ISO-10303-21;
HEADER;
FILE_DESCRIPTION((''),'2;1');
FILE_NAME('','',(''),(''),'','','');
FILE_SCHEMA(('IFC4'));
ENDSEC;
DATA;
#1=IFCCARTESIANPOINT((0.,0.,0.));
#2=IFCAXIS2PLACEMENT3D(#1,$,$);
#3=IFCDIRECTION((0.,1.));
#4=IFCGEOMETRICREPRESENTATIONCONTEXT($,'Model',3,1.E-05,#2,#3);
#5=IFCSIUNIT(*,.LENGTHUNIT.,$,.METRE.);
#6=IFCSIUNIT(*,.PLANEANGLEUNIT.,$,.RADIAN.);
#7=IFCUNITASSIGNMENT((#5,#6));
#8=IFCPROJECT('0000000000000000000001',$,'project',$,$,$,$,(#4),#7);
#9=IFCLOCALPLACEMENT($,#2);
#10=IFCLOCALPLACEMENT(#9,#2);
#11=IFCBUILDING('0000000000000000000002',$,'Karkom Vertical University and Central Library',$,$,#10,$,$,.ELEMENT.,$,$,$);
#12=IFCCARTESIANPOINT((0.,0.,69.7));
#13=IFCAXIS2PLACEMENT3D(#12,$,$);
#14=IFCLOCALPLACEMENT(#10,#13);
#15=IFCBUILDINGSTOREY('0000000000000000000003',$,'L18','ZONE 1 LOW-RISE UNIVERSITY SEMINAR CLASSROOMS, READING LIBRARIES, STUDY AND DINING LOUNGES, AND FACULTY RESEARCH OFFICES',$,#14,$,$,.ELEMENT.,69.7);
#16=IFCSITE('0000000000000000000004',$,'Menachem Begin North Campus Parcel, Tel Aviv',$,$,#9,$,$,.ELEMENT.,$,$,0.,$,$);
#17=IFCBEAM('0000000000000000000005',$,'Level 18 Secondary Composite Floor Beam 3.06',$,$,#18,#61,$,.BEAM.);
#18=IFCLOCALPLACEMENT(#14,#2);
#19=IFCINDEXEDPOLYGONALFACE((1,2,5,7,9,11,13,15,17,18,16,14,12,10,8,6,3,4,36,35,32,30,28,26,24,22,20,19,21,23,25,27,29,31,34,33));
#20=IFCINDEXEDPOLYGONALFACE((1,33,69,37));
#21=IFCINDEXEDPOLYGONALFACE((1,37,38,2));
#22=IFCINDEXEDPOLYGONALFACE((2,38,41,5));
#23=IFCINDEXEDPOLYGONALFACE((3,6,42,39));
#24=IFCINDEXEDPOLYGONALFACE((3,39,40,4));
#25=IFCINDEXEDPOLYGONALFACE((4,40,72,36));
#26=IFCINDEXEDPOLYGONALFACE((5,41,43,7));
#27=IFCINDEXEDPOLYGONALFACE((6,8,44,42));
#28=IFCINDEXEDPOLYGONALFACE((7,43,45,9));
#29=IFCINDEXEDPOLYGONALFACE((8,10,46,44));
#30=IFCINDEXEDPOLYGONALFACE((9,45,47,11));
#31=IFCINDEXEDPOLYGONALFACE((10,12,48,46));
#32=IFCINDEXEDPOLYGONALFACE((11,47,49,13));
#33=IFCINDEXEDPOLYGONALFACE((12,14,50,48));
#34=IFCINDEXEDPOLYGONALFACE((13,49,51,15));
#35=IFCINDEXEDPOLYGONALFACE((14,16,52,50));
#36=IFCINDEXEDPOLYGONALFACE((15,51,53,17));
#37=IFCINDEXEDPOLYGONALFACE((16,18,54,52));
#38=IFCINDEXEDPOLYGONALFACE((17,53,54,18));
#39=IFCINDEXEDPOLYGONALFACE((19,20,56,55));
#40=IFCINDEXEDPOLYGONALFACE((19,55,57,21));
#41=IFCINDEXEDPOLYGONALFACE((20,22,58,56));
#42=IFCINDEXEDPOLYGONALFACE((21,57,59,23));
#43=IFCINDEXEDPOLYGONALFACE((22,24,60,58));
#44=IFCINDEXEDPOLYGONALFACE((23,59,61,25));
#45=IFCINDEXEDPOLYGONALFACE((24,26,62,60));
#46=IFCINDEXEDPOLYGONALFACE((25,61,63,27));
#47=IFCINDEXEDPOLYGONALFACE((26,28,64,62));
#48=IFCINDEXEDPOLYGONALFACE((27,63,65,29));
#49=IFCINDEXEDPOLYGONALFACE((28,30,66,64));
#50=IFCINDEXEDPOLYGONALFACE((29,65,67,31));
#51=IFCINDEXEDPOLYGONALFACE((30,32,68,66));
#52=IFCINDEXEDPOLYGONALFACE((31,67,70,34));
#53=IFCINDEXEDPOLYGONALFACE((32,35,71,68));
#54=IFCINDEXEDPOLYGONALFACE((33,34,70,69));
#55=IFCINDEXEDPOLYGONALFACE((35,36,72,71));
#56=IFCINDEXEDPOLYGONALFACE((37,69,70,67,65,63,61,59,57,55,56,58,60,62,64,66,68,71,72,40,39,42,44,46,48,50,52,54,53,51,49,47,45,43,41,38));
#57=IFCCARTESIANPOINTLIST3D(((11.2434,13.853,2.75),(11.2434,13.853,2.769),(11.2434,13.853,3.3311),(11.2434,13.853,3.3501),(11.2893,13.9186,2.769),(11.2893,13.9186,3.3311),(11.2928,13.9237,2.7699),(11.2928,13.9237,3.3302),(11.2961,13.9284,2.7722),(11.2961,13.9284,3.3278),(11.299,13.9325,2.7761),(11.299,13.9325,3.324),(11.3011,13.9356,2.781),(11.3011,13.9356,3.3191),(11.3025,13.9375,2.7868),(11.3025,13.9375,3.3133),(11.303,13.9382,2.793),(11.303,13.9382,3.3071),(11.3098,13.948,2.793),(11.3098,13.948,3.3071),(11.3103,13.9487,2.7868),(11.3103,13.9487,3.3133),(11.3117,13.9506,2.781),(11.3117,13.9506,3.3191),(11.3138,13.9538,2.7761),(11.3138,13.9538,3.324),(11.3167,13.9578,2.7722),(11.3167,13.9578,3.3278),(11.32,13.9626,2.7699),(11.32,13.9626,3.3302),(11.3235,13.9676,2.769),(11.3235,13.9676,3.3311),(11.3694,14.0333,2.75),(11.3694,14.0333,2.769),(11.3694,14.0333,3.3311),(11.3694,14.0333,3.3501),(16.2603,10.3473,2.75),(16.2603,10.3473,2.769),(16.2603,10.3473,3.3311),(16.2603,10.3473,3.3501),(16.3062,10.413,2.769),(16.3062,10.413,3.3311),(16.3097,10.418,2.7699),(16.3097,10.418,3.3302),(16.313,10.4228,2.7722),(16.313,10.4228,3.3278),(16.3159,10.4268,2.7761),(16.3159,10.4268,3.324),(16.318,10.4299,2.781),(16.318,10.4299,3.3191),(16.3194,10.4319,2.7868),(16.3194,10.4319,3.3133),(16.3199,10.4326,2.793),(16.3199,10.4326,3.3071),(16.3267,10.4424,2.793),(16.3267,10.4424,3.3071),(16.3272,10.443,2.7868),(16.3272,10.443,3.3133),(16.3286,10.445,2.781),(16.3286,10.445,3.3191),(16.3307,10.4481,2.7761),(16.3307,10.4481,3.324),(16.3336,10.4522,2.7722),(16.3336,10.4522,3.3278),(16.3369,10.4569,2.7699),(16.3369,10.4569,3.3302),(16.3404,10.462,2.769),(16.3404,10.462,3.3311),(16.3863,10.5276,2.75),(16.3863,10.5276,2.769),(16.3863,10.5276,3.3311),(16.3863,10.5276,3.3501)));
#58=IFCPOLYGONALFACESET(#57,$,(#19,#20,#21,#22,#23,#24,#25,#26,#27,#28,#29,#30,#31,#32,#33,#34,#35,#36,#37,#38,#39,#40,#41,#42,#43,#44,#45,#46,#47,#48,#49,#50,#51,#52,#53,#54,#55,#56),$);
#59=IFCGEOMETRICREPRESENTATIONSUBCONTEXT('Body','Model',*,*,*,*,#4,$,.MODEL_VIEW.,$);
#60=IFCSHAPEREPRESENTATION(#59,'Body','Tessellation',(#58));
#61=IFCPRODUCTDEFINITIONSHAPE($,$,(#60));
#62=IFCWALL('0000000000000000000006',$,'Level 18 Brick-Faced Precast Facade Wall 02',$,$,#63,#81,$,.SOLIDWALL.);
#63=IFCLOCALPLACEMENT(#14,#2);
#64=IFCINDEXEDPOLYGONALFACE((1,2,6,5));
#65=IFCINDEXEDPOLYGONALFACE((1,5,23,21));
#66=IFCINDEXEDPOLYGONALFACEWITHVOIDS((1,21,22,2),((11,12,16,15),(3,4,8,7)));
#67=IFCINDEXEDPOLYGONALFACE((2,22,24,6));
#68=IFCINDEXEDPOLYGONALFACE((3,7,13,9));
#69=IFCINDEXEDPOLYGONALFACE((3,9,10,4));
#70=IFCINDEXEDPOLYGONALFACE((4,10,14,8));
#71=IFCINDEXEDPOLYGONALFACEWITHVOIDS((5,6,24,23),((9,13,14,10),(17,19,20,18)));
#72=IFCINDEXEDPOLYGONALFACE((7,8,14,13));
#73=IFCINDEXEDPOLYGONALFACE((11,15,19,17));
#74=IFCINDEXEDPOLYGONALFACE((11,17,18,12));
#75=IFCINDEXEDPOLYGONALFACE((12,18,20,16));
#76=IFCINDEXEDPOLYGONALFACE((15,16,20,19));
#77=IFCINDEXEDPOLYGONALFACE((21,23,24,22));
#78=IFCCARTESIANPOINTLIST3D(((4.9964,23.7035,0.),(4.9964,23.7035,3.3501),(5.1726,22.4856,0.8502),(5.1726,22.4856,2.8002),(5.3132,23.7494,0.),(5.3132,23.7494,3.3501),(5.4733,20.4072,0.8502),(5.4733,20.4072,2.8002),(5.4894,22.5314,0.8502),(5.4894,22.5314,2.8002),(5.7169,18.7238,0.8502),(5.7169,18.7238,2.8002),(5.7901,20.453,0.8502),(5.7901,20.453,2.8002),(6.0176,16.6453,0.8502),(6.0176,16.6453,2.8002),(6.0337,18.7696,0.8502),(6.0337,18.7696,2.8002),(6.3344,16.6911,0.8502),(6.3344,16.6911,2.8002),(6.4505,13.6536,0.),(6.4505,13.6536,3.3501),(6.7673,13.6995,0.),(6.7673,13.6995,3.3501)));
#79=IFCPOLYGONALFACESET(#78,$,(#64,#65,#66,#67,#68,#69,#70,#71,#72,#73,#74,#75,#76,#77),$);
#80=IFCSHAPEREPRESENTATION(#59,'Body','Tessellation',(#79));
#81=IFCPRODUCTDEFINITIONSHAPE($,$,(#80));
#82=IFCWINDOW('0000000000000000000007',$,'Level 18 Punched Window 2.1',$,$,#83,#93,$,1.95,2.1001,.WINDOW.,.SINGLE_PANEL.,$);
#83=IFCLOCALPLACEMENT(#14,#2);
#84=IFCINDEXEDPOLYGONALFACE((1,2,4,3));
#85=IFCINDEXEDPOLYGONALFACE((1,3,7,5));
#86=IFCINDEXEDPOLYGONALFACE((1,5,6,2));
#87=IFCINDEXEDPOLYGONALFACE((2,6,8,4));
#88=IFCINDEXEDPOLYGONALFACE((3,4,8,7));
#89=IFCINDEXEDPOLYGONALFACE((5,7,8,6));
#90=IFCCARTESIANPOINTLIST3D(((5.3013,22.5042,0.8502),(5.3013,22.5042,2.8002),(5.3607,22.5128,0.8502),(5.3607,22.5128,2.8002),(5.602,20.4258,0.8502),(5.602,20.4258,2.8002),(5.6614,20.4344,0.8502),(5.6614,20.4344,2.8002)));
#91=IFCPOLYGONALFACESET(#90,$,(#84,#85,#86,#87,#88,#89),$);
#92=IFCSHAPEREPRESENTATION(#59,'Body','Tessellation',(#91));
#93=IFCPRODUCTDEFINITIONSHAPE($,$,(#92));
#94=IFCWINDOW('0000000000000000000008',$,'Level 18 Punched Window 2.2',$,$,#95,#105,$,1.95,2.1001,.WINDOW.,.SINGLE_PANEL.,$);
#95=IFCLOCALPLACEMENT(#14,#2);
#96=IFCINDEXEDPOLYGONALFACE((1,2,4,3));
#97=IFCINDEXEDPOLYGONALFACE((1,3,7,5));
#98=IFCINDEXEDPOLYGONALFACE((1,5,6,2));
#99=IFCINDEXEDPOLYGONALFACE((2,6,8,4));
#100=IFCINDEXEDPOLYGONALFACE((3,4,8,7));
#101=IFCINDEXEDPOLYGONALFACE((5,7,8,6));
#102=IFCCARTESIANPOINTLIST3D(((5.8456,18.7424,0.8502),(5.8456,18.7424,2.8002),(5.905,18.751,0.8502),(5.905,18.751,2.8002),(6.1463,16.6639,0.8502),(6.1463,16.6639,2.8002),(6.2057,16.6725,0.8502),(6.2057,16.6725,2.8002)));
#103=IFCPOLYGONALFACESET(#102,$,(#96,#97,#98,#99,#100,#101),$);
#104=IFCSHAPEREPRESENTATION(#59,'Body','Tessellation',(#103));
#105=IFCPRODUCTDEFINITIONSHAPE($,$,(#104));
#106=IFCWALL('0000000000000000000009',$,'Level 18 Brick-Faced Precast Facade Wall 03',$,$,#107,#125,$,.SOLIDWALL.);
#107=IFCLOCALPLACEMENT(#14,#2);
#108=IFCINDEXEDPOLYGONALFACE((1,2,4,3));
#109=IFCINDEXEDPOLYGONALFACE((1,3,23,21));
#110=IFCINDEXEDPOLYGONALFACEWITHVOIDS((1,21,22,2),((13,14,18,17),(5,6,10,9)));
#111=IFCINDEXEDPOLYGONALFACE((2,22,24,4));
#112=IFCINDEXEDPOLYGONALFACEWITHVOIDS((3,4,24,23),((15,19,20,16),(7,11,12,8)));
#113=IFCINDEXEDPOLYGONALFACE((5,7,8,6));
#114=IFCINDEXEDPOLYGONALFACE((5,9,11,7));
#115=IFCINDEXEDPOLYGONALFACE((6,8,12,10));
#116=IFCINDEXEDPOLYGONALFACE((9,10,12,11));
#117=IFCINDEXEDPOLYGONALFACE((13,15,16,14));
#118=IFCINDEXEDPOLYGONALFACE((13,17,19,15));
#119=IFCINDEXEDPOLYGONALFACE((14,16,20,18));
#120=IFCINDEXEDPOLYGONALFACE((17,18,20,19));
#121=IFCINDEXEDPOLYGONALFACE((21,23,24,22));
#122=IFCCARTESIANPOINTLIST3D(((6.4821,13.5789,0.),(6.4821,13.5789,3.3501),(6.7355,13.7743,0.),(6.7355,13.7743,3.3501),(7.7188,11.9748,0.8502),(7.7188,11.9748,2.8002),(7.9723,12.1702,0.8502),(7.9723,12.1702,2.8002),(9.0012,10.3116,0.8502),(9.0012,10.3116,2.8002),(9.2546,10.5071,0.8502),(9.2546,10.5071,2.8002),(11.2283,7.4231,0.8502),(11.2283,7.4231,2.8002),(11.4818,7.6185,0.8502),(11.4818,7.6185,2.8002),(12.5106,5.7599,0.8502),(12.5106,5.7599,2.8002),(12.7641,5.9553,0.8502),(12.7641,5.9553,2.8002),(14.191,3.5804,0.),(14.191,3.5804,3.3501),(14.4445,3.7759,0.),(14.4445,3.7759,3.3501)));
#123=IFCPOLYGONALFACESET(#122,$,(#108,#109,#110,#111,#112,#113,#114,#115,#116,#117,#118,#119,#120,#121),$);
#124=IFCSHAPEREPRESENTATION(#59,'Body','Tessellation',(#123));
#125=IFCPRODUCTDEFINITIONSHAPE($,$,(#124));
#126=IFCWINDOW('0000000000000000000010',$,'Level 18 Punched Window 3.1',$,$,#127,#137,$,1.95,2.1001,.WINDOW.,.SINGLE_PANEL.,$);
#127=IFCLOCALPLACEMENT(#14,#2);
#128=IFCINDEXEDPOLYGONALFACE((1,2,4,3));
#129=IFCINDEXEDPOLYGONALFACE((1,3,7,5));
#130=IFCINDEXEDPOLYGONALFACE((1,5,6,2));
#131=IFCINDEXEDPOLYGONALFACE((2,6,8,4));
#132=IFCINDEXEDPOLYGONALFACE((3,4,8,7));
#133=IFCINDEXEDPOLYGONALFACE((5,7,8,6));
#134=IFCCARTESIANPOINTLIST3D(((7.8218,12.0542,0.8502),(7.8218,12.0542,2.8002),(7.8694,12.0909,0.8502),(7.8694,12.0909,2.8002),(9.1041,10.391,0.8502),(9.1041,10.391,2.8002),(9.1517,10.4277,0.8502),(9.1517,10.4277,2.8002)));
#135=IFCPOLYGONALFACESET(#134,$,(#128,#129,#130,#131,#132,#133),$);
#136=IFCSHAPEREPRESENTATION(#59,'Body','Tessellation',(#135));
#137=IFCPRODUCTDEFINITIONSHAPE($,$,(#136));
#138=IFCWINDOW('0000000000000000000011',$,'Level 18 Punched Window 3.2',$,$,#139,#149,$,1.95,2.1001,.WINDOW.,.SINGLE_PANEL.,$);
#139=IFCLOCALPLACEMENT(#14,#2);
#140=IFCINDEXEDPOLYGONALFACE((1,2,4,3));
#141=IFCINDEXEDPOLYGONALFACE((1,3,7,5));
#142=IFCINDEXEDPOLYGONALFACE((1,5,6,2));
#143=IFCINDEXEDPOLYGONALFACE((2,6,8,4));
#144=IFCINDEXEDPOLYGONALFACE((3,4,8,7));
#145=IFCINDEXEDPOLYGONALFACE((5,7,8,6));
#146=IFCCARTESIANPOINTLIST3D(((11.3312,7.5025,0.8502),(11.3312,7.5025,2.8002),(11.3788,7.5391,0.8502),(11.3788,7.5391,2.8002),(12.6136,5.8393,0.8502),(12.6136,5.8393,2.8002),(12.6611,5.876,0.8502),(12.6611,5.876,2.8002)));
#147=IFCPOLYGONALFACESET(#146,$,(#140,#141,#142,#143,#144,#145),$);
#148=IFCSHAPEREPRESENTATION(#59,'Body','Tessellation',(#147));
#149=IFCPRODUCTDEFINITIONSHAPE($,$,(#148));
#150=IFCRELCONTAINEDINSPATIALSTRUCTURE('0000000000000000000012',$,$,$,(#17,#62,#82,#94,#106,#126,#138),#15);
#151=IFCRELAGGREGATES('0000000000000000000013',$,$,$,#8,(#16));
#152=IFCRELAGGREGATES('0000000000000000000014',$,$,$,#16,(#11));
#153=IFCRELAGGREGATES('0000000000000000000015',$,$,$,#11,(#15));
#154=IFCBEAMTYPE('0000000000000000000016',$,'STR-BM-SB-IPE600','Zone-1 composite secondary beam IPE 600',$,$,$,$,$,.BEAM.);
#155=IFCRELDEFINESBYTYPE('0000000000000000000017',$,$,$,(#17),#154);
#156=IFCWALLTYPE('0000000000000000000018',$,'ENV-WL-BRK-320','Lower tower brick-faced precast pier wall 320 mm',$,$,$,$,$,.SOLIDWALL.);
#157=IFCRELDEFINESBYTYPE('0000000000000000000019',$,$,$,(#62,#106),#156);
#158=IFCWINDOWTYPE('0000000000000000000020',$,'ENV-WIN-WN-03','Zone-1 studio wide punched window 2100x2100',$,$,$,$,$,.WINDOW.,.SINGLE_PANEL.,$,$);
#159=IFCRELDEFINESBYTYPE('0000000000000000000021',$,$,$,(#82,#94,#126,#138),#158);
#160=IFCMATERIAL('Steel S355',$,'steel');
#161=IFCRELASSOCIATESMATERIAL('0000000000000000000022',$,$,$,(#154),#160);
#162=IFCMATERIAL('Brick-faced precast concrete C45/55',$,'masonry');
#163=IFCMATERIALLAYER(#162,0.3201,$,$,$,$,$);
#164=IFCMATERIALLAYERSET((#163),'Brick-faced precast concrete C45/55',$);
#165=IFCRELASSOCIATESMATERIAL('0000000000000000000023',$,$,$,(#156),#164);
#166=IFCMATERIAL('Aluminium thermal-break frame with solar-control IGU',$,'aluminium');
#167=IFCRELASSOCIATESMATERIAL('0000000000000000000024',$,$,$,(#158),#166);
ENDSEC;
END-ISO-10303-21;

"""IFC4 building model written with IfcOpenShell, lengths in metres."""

from ifc_helpers import new_model, si_unit, direction, frame, frame_2d, origin, origin_with_axes, origin_2d, place, context, subcontext, project, spatial, rectangle, i_section, extrude, source, transform, mapped, material, layer, layer_set, material_profile, profile_set, type_object, element, fill, save


model = new_model("IFC4")

# Units and contexts
model_context = context("Model", 3, precision=1e-05, world=origin(), true_north=direction((0.0, 1.0)))
body_context = subcontext(model_context, "Body", "Model", "MODEL_VIEW")
ifc_project = project(units=[si_unit("LENGTHUNIT", "METRE"), si_unit("PLANEANGLEUNIT", "RADIAN")], contexts=[model_context])

# Site, building, storey
site_placement = place(None, origin())
site = spatial("IfcSite", under=ifc_project, at=site_placement, Name="Menachem Begin North Campus Parcel, Tel Aviv", CompositionType="ELEMENT", RefElevation=0.0)
building_placement = place(site_placement, origin())
building = spatial("IfcBuilding", under=site, at=building_placement, Name="Karkom Vertical University and Central Library", CompositionType="ELEMENT")
storey_placement = place(building_placement, frame((0.0, 0.0, 69.7)))
storey = spatial("IfcBuildingStorey", under=building, at=storey_placement, Name="L18", Description="ZONE 1 LOW-RISE UNIVERSITY SEMINAR CLASSROOMS, READING LIBRARIES, STUDY AND DINING LOUNGES, AND FACULTY RESEARCH OFFICES", CompositionType="ELEMENT", Elevation=69.7)

# Beam
ifc_material_1 = material(Name="Steel S355", Category="steel")
ifc_material_profile_1 = material_profile(ifc_material_1, i_section(OverallWidth=0.22, OverallDepth=0.6001, WebThickness=0.012, FlangeThickness=0.019, FilletRadius=0.0239, at=origin_2d()), Name="IPE 600")
ifc_profile_set_1 = profile_set([ifc_material_profile_1], Name="Steel S355")
beam_type_1 = type_object("IfcBeamType", Name="STR-BM-SB-IPE600", Description="Zone-1 composite secondary beam IPE 600", PredefinedType="BEAM", material=ifc_profile_set_1)
shared_shape_1 = source(origin_with_axes(), body_context, "Body", "SweptSolid", [
    extrude(i_section(OverallWidth=0.22, OverallDepth=0.6001, WebThickness=0.012, FlangeThickness=0.019, FilletRadius=0.0239, at=origin_2d()), origin(), (0.0, 0.0, 1.0), 6.1204),
])
beam_1_placement = place(storey_placement, frame((11.3064, 13.9431, 3.05), z_axis=(0.819706, -0.572785, 0.0), x_axis=(0.572785, 0.819706, 0.0)))
element("IfcBeam", 1, at=beam_1_placement, inside=storey, type_object=beam_type_1, Name="Level 18 Secondary Composite Floor Beam 3.06", PredefinedType="BEAM", context=body_context, shape_type="MappedRepresentation", body=[
    mapped(shared_shape_1, transform((0.0, 0.0, 0.0), scale=1.0)),
])

# Walls, openings, windows
ifc_material_2 = material(Name="Brick-faced precast concrete C45/55", Category="masonry")
ifc_layer_1 = layer(ifc_material_2, 0.3201)
ifc_layer_set_1 = layer_set([ifc_layer_1], Name="Brick-faced precast concrete C45/55")
wall_type_1 = type_object("IfcWallType", Name="ENV-WL-BRK-320", Description="Lower tower brick-faced precast pier wall 320 mm", PredefinedType="SOLIDWALL", material=ifc_layer_set_1)
wall_1_placement = place(storey_placement, frame((5.1548, 23.7263, 0.0), z_axis=(0.0, 0.0, 1.0), x_axis=(0.143198, -0.989694, 0.0)))
wall_1 = element("IfcWall", 2, at=wall_1_placement, inside=storey, type_object=wall_type_1, Name="Level 18 Brick-Faced Precast Facade Wall 02", PredefinedType="SOLIDWALL", context=body_context, shape_type="SweptSolid", body=[
    extrude(rectangle(XDim=10.1545, YDim=0.3201, at=frame_2d((5.0771, 0.0))), origin(), (0.0, 0.0, 1.0), 3.3501),
])
opening_1_placement = place(wall_1_placement, frame((1.2305, 0.0, 0.8501)))
opening_1 = element("IfcOpeningElement", 3, at=opening_1_placement, cuts=wall_1, PredefinedType="OPENING", context=body_context, shape_type="SweptSolid", body=[
    extrude(rectangle(XDim=2.1001, YDim=1.95, at=frame_2d((1.05, 0.9751))), frame((0.0, 0.1699, 0.0), z_axis=(0.0, -1.0, 0.0), x_axis=(1.0, 0.0, 0.0)), (0.0, 0.0, 1.0), 0.3401),
])
opening_2_placement = place(wall_1_placement, frame((5.0315, 0.0, 0.8501)))
opening_2 = element("IfcOpeningElement", 4, at=opening_2_placement, cuts=wall_1, PredefinedType="OPENING", context=body_context, shape_type="SweptSolid", body=[
    extrude(rectangle(XDim=2.1001, YDim=1.95, at=frame_2d((1.05, 0.9751))), frame((0.0, 0.1699, 0.0), z_axis=(0.0, -1.0, 0.0), x_axis=(1.0, 0.0, 0.0)), (0.0, 0.0, 1.0), 0.3401),
])
ifc_material_3 = material(Name="Aluminium thermal-break frame with solar-control IGU", Category="aluminium")
window_type = type_object("IfcWindowType", Name="ENV-WIN-WN-03", Description="Zone-1 studio wide punched window 2100x2100", PartitioningType="SINGLE_PANEL", PredefinedType="WINDOW", material=ifc_material_3)
shared_shape_2 = source(origin_with_axes(), body_context, "Body", "SweptSolid", [
    extrude(rectangle(XDim=2.1001, YDim=1.95, at=frame_2d((1.05, 0.9751))), frame((0.0, 0.03, 0.0), z_axis=(0.0, -1.0, 0.0), x_axis=(1.0, 0.0, 0.0)), (0.0, 0.0, 1.0), 0.0601),
])
window_1_placement = place(opening_1_placement, origin())
window_1 = element("IfcWindow", 5, at=window_1_placement, inside=storey, type_object=window_type, Name="Level 18 Punched Window 2.1", OverallHeight=1.95, OverallWidth=2.1001, PartitioningType="SINGLE_PANEL", PredefinedType="WINDOW", context=body_context, shape_type="MappedRepresentation", body=[
    mapped(shared_shape_2, transform((0.0, 0.0, 0.0), scale=1.0)),
])
fill(opening_1, window_1)
window_2_placement = place(opening_2_placement, origin())
window_2 = element("IfcWindow", 6, at=window_2_placement, inside=storey, type_object=window_type, Name="Level 18 Punched Window 2.2", OverallHeight=1.95, OverallWidth=2.1001, PartitioningType="SINGLE_PANEL", PredefinedType="WINDOW", context=body_context, shape_type="MappedRepresentation", body=[
    mapped(shared_shape_2, transform((0.0, 0.0, 0.0), scale=1.0)),
])
fill(opening_2, window_2)
wall_2_placement = place(storey_placement, frame((6.6089, 13.6765, 0.0), z_axis=(0.0, 0.0, 1.0), x_axis=(0.610596, -0.791942, 0.0)))
wall_2 = element("IfcWall", 7, at=wall_2_placement, inside=storey, type_object=wall_type_1, Name="Level 18 Brick-Faced Precast Facade Wall 03", PredefinedType="SOLIDWALL", context=body_context, shape_type="SweptSolid", body=[
    extrude(rectangle(XDim=12.6252, YDim=0.3201, at=frame_2d((6.3125, 0.0))), origin(), (0.0, 0.0, 1.0), 3.3501),
])
opening_3_placement = place(wall_2_placement, frame((2.0254, 0.0, 0.8501)))
opening_3 = element("IfcOpeningElement", 8, at=opening_3_placement, cuts=wall_2, PredefinedType="OPENING", context=body_context, shape_type="SweptSolid", body=[
    extrude(rectangle(XDim=2.1001, YDim=1.95, at=frame_2d((1.05, 0.9751))), frame((0.0, 0.1699, 0.0), z_axis=(0.0, -1.0, 0.0), x_axis=(1.0, 0.0, 0.0)), (0.0, 0.0, 1.0), 0.3401),
])
opening_4_placement = place(wall_2_placement, frame((7.7729, 0.0, 0.8501)))
opening_4 = element("IfcOpeningElement", 9, at=opening_4_placement, cuts=wall_2, PredefinedType="OPENING", context=body_context, shape_type="SweptSolid", body=[
    extrude(rectangle(XDim=2.1001, YDim=1.95, at=frame_2d((1.05, 0.9751))), frame((0.0, 0.1699, 0.0), z_axis=(0.0, -1.0, 0.0), x_axis=(1.0, 0.0, 0.0)), (0.0, 0.0, 1.0), 0.3401),
])
window_3_placement = place(opening_3_placement, origin())
window_3 = element("IfcWindow", 10, at=window_3_placement, inside=storey, type_object=window_type, Name="Level 18 Punched Window 3.1", OverallHeight=1.95, OverallWidth=2.1001, PartitioningType="SINGLE_PANEL", PredefinedType="WINDOW", context=body_context, shape_type="MappedRepresentation", body=[
    mapped(shared_shape_2, transform((0.0, 0.0, 0.0), scale=1.0)),
])
fill(opening_3, window_3)
window_4_placement = place(opening_4_placement, origin())
window_4 = element("IfcWindow", 11, at=window_4_placement, inside=storey, type_object=window_type, Name="Level 18 Punched Window 3.2", OverallHeight=1.95, OverallWidth=2.1001, PartitioningType="SINGLE_PANEL", PredefinedType="WINDOW", context=body_context, shape_type="MappedRepresentation", body=[
    mapped(shared_shape_2, transform((0.0, 0.0, 0.0), scale=1.0)),
])
fill(opening_4, window_4)

save(model, "model.ifc")
